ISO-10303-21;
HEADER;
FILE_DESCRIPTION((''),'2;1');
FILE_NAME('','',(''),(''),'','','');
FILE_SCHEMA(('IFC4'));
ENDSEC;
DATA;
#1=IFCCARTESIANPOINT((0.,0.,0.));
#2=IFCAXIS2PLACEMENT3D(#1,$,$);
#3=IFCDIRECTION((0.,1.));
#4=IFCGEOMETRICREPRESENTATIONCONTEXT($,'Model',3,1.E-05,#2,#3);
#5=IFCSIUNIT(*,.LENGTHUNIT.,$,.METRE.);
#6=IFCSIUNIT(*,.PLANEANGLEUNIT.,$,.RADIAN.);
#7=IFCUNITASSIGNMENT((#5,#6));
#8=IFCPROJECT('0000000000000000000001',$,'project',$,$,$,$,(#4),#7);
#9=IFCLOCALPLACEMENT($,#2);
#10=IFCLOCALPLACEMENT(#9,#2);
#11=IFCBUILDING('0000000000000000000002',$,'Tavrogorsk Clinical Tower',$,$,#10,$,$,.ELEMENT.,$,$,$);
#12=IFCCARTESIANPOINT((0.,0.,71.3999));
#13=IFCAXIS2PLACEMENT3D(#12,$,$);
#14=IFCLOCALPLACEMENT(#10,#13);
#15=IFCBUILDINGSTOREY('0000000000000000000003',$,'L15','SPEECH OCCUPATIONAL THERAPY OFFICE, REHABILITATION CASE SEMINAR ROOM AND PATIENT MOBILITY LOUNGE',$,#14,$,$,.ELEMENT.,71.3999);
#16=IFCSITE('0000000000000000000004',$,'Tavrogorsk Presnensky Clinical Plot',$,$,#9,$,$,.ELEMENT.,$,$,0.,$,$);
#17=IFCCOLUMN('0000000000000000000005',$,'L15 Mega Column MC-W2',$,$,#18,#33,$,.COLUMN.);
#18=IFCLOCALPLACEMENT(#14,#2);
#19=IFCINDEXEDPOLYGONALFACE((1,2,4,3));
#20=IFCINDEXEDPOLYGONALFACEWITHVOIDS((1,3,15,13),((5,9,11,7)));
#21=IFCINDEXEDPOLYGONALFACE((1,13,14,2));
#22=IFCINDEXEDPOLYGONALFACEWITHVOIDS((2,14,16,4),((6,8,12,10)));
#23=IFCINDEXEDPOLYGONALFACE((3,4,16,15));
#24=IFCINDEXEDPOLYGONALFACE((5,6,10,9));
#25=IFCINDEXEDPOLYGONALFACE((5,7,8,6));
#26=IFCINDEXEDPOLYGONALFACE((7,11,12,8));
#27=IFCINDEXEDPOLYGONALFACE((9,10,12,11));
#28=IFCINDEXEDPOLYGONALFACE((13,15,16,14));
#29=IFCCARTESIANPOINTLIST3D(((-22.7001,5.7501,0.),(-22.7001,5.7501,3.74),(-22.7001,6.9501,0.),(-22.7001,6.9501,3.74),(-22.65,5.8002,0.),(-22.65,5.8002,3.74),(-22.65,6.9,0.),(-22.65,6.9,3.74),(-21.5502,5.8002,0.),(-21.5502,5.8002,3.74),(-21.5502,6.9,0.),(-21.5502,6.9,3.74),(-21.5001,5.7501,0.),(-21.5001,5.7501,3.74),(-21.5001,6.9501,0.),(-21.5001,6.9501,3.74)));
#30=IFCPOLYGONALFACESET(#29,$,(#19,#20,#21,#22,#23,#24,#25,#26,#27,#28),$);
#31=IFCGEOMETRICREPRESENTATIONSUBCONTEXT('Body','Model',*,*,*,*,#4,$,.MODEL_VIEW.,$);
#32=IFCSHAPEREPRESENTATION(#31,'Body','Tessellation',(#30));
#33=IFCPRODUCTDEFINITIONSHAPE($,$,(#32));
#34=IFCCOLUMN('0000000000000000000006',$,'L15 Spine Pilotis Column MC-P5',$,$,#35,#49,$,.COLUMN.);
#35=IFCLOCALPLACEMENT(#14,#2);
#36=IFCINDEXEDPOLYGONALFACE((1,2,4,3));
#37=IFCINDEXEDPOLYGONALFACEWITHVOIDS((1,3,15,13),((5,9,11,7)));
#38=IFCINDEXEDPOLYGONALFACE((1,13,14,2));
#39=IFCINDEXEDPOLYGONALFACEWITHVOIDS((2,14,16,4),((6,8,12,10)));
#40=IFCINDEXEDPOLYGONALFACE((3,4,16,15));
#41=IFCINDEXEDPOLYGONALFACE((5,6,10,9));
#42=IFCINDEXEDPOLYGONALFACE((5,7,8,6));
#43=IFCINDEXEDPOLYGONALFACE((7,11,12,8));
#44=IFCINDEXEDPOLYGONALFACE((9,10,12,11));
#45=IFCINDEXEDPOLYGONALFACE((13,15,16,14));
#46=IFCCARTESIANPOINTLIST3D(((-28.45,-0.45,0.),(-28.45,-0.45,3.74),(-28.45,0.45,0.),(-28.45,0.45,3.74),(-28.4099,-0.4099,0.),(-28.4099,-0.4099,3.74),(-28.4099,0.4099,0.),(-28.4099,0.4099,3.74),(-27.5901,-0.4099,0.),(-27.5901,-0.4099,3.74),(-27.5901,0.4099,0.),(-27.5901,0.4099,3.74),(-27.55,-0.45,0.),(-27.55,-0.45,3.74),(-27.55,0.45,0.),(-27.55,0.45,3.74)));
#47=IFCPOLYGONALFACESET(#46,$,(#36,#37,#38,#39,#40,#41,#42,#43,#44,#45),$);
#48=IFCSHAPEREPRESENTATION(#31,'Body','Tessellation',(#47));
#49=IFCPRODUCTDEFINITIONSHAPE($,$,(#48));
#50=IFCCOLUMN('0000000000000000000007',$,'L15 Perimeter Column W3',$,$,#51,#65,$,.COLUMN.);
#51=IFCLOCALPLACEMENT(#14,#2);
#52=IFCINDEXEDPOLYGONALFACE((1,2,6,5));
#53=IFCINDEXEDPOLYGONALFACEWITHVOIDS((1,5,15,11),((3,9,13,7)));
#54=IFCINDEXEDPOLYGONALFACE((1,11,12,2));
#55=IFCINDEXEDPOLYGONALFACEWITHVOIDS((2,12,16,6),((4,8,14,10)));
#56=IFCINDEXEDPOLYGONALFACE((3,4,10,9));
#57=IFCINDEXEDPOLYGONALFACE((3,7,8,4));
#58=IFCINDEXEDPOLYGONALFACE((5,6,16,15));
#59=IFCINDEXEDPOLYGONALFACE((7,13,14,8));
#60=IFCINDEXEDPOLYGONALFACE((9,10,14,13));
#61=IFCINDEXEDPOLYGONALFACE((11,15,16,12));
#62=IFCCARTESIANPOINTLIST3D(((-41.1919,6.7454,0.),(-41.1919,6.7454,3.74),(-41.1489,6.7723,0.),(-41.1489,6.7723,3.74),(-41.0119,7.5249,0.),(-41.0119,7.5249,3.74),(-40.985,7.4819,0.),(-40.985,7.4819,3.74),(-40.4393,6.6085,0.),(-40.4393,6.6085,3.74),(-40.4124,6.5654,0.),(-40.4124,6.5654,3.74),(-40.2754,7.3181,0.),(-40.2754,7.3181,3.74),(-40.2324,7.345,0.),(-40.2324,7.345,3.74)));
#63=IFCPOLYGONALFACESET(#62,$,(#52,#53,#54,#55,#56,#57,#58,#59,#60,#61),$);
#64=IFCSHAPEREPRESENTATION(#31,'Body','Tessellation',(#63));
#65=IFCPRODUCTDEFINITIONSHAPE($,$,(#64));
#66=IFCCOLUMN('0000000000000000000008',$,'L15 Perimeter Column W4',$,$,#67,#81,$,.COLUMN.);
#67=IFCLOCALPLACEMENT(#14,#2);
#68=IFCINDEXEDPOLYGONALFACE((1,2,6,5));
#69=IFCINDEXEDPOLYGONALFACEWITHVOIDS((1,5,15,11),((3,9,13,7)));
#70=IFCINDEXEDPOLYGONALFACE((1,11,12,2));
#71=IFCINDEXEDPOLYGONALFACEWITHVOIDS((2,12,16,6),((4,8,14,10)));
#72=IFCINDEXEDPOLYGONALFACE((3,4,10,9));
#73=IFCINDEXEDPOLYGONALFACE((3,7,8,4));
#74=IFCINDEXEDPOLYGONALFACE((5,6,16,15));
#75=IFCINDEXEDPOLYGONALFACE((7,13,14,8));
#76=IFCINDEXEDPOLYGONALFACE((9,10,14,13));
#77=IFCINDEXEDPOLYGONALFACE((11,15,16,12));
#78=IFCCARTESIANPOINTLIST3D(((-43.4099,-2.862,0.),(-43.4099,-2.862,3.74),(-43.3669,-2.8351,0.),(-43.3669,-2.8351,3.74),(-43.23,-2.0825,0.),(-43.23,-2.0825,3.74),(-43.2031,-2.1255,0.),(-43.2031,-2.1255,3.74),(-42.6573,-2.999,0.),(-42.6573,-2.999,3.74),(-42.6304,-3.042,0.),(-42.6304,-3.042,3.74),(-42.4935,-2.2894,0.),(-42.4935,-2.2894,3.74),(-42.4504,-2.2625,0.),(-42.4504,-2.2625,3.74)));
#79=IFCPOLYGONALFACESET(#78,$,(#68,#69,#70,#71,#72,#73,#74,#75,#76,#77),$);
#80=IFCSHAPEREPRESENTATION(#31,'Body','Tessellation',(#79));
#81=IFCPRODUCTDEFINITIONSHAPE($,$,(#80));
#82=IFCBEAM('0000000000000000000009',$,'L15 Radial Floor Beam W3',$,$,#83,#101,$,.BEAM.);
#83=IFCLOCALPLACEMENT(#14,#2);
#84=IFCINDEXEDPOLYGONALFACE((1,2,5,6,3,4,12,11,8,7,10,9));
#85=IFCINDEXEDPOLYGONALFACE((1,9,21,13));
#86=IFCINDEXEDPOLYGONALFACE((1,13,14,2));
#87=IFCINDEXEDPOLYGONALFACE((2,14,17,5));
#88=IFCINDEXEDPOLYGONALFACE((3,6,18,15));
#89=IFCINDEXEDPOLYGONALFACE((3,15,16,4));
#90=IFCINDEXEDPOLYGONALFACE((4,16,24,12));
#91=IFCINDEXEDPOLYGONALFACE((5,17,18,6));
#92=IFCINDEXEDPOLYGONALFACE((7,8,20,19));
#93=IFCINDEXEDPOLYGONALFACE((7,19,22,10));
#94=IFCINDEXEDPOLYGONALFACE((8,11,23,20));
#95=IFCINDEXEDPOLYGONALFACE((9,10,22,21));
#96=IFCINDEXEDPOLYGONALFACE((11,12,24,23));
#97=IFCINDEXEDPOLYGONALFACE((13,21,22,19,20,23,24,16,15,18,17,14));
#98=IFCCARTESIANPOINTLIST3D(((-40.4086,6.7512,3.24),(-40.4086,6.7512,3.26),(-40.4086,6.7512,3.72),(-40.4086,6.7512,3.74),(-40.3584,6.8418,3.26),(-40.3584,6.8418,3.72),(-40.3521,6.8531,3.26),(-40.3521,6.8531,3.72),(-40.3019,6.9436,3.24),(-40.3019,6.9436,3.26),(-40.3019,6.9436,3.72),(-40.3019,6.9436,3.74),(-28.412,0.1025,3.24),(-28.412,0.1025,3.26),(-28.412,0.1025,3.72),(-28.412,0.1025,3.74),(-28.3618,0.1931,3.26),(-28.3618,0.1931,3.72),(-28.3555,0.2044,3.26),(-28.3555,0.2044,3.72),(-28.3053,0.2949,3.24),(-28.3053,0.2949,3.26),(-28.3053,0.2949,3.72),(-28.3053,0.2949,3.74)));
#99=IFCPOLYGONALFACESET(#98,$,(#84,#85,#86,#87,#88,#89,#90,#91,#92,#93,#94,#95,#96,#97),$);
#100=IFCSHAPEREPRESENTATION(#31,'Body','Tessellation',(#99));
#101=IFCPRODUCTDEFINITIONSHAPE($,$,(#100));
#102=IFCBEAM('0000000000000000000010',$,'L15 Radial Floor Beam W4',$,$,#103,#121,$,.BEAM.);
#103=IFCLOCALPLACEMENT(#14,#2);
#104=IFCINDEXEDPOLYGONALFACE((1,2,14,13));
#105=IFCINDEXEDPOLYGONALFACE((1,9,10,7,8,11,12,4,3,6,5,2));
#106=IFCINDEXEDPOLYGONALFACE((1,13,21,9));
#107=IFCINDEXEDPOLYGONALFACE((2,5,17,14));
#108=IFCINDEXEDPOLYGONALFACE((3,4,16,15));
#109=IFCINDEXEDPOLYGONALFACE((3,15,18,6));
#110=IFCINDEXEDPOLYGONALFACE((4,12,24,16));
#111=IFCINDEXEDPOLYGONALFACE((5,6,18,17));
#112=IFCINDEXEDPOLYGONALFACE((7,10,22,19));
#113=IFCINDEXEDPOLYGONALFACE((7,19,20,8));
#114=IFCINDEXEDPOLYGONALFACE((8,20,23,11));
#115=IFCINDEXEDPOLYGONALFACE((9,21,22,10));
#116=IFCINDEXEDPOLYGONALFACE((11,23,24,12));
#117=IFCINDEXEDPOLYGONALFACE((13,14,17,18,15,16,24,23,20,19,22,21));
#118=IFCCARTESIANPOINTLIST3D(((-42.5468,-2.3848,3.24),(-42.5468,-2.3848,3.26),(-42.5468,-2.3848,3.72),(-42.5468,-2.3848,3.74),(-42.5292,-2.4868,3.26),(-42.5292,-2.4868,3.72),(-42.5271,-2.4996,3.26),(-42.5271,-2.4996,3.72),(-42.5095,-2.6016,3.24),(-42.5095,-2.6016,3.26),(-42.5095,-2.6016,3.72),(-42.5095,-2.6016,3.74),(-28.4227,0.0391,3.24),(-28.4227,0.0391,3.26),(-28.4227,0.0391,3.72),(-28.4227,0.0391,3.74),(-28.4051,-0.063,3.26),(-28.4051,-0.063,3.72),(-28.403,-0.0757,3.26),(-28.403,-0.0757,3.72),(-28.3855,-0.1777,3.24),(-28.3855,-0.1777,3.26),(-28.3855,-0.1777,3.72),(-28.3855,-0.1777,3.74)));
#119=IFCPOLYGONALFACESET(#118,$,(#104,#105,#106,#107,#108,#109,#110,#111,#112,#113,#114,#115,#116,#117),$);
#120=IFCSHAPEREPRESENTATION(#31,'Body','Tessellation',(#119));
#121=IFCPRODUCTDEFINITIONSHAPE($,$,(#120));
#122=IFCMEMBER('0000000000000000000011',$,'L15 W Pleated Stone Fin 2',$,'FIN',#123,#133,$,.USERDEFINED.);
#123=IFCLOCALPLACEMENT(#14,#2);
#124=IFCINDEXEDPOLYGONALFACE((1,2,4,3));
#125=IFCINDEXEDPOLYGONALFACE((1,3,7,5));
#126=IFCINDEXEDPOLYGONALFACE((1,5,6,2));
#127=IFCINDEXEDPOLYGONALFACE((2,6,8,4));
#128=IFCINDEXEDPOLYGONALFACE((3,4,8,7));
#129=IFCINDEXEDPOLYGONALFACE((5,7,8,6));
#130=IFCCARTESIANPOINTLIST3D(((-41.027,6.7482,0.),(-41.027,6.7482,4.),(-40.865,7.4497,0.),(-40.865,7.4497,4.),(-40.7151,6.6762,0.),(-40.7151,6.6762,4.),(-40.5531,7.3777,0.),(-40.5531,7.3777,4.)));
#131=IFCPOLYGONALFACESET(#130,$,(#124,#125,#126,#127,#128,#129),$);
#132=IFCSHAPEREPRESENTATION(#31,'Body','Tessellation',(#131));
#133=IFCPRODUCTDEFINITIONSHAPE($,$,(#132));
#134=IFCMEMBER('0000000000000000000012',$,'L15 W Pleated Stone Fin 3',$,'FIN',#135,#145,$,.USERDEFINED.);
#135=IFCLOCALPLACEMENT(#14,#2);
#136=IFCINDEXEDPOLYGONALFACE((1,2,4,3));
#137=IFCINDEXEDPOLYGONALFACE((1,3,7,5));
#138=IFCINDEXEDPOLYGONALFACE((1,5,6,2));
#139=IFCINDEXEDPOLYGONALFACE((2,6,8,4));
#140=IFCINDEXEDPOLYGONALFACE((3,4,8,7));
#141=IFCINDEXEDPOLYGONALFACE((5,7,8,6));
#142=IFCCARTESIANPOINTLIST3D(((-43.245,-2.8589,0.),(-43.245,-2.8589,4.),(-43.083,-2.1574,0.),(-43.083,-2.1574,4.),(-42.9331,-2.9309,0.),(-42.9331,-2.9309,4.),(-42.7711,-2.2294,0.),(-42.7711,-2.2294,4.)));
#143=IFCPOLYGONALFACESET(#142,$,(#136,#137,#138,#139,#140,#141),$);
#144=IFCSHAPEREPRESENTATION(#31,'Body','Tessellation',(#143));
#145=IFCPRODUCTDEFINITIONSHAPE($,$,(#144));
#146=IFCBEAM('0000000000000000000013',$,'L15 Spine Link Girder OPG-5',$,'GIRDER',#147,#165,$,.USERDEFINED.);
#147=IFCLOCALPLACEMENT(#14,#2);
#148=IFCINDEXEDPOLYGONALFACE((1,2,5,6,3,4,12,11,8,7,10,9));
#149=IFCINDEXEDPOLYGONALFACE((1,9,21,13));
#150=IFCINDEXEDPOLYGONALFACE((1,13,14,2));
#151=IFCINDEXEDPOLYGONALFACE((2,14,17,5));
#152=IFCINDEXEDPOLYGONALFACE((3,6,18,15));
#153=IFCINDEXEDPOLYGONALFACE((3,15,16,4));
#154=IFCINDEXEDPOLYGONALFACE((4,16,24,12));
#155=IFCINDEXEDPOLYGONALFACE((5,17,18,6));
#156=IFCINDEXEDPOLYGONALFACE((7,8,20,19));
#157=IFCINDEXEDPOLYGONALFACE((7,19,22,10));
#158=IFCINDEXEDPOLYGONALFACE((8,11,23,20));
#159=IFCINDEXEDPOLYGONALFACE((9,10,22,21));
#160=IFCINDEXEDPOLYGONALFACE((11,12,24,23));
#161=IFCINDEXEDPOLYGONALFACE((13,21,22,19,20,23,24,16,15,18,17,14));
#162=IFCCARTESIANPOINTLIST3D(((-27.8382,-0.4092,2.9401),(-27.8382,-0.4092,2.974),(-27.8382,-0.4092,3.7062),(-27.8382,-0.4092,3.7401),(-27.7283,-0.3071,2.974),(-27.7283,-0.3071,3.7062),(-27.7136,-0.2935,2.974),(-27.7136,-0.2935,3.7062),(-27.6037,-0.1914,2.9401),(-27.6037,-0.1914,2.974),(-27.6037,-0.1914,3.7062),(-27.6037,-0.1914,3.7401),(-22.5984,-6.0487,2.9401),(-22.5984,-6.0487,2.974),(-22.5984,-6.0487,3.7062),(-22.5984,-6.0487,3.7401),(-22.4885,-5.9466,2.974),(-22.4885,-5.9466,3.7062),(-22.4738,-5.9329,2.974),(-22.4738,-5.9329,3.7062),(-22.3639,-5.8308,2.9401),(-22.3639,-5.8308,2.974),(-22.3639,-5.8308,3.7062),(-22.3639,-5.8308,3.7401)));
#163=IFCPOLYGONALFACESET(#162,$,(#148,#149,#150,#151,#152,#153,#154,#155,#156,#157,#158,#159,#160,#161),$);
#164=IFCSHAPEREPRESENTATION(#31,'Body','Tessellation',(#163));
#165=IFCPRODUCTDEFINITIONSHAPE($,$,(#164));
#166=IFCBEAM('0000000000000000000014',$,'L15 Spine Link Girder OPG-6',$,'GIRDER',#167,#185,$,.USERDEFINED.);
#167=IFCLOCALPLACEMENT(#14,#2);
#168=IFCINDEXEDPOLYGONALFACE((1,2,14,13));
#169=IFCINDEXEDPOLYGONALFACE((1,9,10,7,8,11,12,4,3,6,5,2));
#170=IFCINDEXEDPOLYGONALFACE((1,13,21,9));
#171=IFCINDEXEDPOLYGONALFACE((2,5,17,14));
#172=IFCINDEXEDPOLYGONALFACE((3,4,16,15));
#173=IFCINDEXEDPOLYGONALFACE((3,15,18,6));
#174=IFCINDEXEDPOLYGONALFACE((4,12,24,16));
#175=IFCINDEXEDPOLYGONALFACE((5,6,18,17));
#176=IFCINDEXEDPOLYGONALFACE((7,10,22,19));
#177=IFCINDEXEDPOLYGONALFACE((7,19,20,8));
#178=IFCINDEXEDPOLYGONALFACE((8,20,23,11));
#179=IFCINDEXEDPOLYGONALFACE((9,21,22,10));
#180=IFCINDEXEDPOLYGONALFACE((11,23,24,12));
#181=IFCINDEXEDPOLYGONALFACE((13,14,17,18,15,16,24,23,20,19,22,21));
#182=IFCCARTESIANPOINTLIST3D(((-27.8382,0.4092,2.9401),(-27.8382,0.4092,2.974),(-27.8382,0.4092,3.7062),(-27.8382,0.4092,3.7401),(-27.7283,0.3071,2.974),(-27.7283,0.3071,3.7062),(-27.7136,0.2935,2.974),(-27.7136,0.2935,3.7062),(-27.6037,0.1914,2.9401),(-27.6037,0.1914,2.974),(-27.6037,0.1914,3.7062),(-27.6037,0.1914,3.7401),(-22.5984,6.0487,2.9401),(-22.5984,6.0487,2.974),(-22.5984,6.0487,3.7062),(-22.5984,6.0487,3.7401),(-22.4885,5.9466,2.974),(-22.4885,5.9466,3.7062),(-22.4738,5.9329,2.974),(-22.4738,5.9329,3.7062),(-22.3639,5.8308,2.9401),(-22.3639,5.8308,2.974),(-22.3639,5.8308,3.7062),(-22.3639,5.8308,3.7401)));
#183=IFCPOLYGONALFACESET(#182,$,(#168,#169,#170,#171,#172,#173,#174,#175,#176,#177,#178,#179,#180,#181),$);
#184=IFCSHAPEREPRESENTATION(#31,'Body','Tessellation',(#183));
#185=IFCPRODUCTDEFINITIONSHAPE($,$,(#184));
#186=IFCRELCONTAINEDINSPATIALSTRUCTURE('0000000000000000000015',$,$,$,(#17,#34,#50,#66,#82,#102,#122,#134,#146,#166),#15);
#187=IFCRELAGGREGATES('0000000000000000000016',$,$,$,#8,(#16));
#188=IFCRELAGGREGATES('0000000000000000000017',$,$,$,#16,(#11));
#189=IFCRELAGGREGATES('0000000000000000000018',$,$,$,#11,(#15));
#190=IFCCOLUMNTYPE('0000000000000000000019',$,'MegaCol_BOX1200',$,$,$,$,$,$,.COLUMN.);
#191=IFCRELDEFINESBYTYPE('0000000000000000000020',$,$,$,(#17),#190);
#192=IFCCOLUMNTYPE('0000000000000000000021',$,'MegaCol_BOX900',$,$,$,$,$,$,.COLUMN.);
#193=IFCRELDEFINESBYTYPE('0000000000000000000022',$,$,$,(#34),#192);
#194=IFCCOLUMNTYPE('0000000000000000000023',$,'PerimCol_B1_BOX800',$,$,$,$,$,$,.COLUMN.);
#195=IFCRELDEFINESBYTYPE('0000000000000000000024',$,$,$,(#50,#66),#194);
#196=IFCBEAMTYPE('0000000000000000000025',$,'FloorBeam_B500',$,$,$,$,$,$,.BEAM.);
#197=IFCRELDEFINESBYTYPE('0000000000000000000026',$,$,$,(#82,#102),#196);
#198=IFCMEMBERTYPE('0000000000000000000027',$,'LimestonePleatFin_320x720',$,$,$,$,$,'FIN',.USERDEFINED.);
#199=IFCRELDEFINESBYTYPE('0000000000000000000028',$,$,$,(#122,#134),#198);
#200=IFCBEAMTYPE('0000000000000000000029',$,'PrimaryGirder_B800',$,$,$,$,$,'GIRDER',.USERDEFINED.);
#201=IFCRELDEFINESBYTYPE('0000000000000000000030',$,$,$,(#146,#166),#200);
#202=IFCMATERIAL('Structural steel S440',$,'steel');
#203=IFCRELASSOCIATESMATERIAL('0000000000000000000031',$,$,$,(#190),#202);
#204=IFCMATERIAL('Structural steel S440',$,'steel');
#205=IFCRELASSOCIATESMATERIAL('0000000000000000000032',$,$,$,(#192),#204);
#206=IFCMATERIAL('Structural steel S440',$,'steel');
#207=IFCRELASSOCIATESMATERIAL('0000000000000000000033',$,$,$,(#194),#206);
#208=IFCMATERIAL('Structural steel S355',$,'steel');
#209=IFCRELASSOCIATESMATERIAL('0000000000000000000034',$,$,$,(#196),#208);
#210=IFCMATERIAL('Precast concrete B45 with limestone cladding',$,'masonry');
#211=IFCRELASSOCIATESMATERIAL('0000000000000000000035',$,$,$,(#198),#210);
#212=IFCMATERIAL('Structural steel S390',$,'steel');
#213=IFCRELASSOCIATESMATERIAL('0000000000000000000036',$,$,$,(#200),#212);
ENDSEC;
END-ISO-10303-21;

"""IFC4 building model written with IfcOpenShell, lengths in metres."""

from ifc_helpers import new_model, si_unit, direction, frame, origin, origin_2d, place, context, subcontext, project, spatial, rectangle, hollow_rectangle, i_section, extrude, material, material_profile, profile_set, type_object, element, save


model = new_model("IFC4")

# Units and contexts
model_context = context("Model", 3, precision=1e-05, world=origin(), true_north=direction((0.0, 1.0)))
body_context = subcontext(model_context, "Body", "Model", "MODEL_VIEW")
ifc_project = project(units=[si_unit("LENGTHUNIT", "METRE"), si_unit("PLANEANGLEUNIT", "RADIAN")], contexts=[model_context])

# Site, building, storey
site_placement = place(None, origin())
site = spatial("IfcSite", under=ifc_project, at=site_placement, Name="Tavrogorsk Presnensky Clinical Plot", CompositionType="ELEMENT", RefElevation=0.0)
building_placement = place(site_placement, origin())
building = spatial("IfcBuilding", under=site, at=building_placement, Name="Tavrogorsk Clinical Tower", CompositionType="ELEMENT")
storey_placement = place(building_placement, frame((0.0, 0.0, 71.3999)))
storey = spatial("IfcBuildingStorey", under=building, at=storey_placement, Name="L15", Description="SPEECH OCCUPATIONAL THERAPY OFFICE, REHABILITATION CASE SEMINAR ROOM AND PATIENT MOBILITY LOUNGE", CompositionType="ELEMENT", Elevation=71.3999)

# Columns
ifc_material_1 = material(Name="Structural steel S440", Category="steel")
ifc_material_profile_1 = material_profile(ifc_material_1, hollow_rectangle(XDim=1.2, YDim=1.2, WallThickness=0.05, at=origin_2d()), Name="BOX-1200x1200x50")
ifc_profile_set_1 = profile_set([ifc_material_profile_1], Name="Structural steel S440")
column_type_1 = type_object("IfcColumnType", Name="MegaCol_BOX1200", PredefinedType="COLUMN", material=ifc_profile_set_1)
column_1_placement = place(storey_placement, frame((-22.1001, 6.3501, 0.0), z_axis=(0.0, 0.0, 1.0), x_axis=(1.0, 0.0, 0.0)))
element("IfcColumn", 1, at=column_1_placement, inside=storey, type_object=column_type_1, Name="L15 Mega Column MC-W2", PredefinedType="COLUMN", context=body_context, shape_type="SweptSolid", body=[
    extrude(hollow_rectangle(XDim=1.2, YDim=1.2, WallThickness=0.05, at=origin_2d()), origin(), (0.0, 0.0, 1.0), 3.74),
])
ifc_material_2 = material(Name="Structural steel S440", Category="steel")
ifc_material_profile_2 = material_profile(ifc_material_2, hollow_rectangle(XDim=0.8999, YDim=0.8999, WallThickness=0.04, at=origin_2d()), Name="BOX-900x900x40")
ifc_profile_set_2 = profile_set([ifc_material_profile_2], Name="Structural steel S440")
column_type_2 = type_object("IfcColumnType", Name="MegaCol_BOX900", PredefinedType="COLUMN", material=ifc_profile_set_2)
column_2_placement = place(storey_placement, frame((-28.0, 0.0, 0.0), z_axis=(0.0, 0.0, 1.0), x_axis=(1.0, 0.0, 0.0)))
element("IfcColumn", 2, at=column_2_placement, inside=storey, type_object=column_type_2, Name="L15 Spine Pilotis Column MC-P5", PredefinedType="COLUMN", context=body_context, shape_type="SweptSolid", body=[
    extrude(hollow_rectangle(XDim=0.8999, YDim=0.8999, WallThickness=0.04, at=origin_2d()), origin(), (0.0, 0.0, 1.0), 3.74),
])
ifc_material_3 = material(Name="Structural steel S440", Category="steel")
ifc_material_profile_3 = material_profile(ifc_material_3, hollow_rectangle(XDim=0.8, YDim=0.8, WallThickness=0.0359, at=origin_2d()), Name="BOX-800x800x36")
ifc_profile_set_3 = profile_set([ifc_material_profile_3], Name="Structural steel S440")
column_type_3 = type_object("IfcColumnType", Name="PerimCol_B1_BOX800", PredefinedType="COLUMN", material=ifc_profile_set_3)
for number, where, z_axis, x_axis, name in (
    (3, (-40.7122, 7.0452, 0.0), (0.0, 0.0, 1.0), (0.97437, -0.224951, 0.0), "L15 Perimeter Column W3"),
    (4, (-42.9302, -2.5623, 0.0), (0.0, 0.0, 1.0), (0.97437, -0.224951, 0.0), "L15 Perimeter Column W4"),
):
    element("IfcColumn", number, at=place(storey_placement, frame(where, z_axis=z_axis, x_axis=x_axis)), inside=storey, type_object=column_type_3, Name=name, PredefinedType="COLUMN", context=body_context, shape_type="SweptSolid", body=[
        extrude(hollow_rectangle(XDim=0.8, YDim=0.8, WallThickness=0.0359, at=origin_2d()), origin(), (0.0, 0.0, 1.0), 3.74),
    ])

# Beams
ifc_material_4 = material(Name="Structural steel S355", Category="steel")
ifc_material_profile_4 = material_profile(ifc_material_4, i_section(OverallWidth=0.22, OverallDepth=0.5, WebThickness=0.0129, FlangeThickness=0.02, at=origin_2d()), Name="B-500x220x13x20")
ifc_profile_set_4 = profile_set([ifc_material_profile_4], Name="Structural steel S355")
beam_type_1 = type_object("IfcBeamType", Name="FloorBeam_B500", PredefinedType="BEAM", material=ifc_profile_set_4)
beam_1_placement = place(storey_placement, frame((-28.3586, 0.1987, 3.49), z_axis=(-0.874655, 0.484746, 0.0), x_axis=(-0.484746, -0.874655, 0.0)))
element("IfcBeam", 5, at=beam_1_placement, inside=storey, type_object=beam_type_1, Name="L15 Radial Floor Beam W3", PredefinedType="BEAM", context=body_context, shape_type="SweptSolid", body=[
    extrude(i_section(OverallWidth=0.22, OverallDepth=0.5, WebThickness=0.0129, FlangeThickness=0.02, at=origin_2d()), origin(), (0.0, 0.0, 1.0), 13.7158),
])
beam_2_placement = place(storey_placement, frame((-28.4041, -0.0693, 3.49), z_axis=(-0.985592, -0.169138, 0.0), x_axis=(0.169138, -0.985592, 0.0)))
element("IfcBeam", 6, at=beam_2_placement, inside=storey, type_object=beam_type_1, Name="L15 Radial Floor Beam W4", PredefinedType="BEAM", context=body_context, shape_type="SweptSolid", body=[
    extrude(i_section(OverallWidth=0.22, OverallDepth=0.5, WebThickness=0.0129, FlangeThickness=0.02, at=origin_2d()), origin(), (0.0, 0.0, 1.0), 14.3306),
])

# Members
ifc_material_5 = material(Name="Precast concrete B45 with limestone cladding", Category="masonry")
ifc_material_profile_5 = material_profile(ifc_material_5, rectangle(XDim=0.3201, YDim=0.72, at=origin_2d()), Name="LIMESTONE-FIN-320x720")
ifc_profile_set_5 = profile_set([ifc_material_profile_5], Name="Precast concrete B45 with limestone cladding")
member_type = type_object("IfcMemberType", Name="LimestonePleatFin_320x720", ElementType="FIN", PredefinedType="USERDEFINED", material=ifc_profile_set_5)
for number, where, z_axis, x_axis, name in (
    (7, (-40.79, 7.063, 0.0), (0.0, 0.0, 1.0), (0.97437, -0.224951, 0.0), "L15 W Pleated Stone Fin 2"),
    (8, (-43.0081, -2.5442, 0.0), (0.0, 0.0, 1.0), (0.97437, -0.224951, 0.0), "L15 W Pleated Stone Fin 3"),
):
    element("IfcMember", number, at=place(storey_placement, frame(where, z_axis=z_axis, x_axis=x_axis)), inside=storey, type_object=member_type, Name=name, ObjectType="FIN", PredefinedType="USERDEFINED", context=body_context, shape_type="SweptSolid", body=[
        extrude(rectangle(XDim=0.3201, YDim=0.72, at=origin_2d()), origin(), (0.0, 0.0, 1.0), 4.0),
    ])

# Beams
ifc_material_6 = material(Name="Structural steel S390", Category="steel")
ifc_material_profile_6 = material_profile(ifc_material_6, i_section(OverallWidth=0.3201, OverallDepth=0.8, WebThickness=0.02, FlangeThickness=0.0339, at=origin_2d()), Name="B-800x320x20x34")
ifc_profile_set_6 = profile_set([ifc_material_profile_6], Name="Structural steel S390")
beam_type_2 = type_object("IfcBeamType", Name="PrimaryGirder_B800", ElementType="GIRDER", PredefinedType="USERDEFINED", material=ifc_profile_set_6)
for number, where, z_axis, x_axis, name in (
    (9, (-27.7209, -0.3003, 3.3401), (0.680671, -0.732589, 0.0), (0.732589, 0.680671, 0.0), "L15 Spine Link Girder OPG-5"),
    (10, (-27.7209, 0.3003, 3.3401), (0.680671, 0.732589, 0.0), (-0.732589, 0.680671, 0.0), "L15 Spine Link Girder OPG-6"),
):
    element("IfcBeam", number, at=place(storey_placement, frame(where, z_axis=z_axis, x_axis=x_axis)), inside=storey, type_object=beam_type_2, Name=name, ObjectType="GIRDER", PredefinedType="USERDEFINED", context=body_context, shape_type="SweptSolid", body=[
        extrude(i_section(OverallWidth=0.3201, OverallDepth=0.8, WebThickness=0.02, FlangeThickness=0.0339, at=origin_2d()), origin(), (0.0, 0.0, 1.0), 7.698),
    ])

save(model, "model.ifc")
